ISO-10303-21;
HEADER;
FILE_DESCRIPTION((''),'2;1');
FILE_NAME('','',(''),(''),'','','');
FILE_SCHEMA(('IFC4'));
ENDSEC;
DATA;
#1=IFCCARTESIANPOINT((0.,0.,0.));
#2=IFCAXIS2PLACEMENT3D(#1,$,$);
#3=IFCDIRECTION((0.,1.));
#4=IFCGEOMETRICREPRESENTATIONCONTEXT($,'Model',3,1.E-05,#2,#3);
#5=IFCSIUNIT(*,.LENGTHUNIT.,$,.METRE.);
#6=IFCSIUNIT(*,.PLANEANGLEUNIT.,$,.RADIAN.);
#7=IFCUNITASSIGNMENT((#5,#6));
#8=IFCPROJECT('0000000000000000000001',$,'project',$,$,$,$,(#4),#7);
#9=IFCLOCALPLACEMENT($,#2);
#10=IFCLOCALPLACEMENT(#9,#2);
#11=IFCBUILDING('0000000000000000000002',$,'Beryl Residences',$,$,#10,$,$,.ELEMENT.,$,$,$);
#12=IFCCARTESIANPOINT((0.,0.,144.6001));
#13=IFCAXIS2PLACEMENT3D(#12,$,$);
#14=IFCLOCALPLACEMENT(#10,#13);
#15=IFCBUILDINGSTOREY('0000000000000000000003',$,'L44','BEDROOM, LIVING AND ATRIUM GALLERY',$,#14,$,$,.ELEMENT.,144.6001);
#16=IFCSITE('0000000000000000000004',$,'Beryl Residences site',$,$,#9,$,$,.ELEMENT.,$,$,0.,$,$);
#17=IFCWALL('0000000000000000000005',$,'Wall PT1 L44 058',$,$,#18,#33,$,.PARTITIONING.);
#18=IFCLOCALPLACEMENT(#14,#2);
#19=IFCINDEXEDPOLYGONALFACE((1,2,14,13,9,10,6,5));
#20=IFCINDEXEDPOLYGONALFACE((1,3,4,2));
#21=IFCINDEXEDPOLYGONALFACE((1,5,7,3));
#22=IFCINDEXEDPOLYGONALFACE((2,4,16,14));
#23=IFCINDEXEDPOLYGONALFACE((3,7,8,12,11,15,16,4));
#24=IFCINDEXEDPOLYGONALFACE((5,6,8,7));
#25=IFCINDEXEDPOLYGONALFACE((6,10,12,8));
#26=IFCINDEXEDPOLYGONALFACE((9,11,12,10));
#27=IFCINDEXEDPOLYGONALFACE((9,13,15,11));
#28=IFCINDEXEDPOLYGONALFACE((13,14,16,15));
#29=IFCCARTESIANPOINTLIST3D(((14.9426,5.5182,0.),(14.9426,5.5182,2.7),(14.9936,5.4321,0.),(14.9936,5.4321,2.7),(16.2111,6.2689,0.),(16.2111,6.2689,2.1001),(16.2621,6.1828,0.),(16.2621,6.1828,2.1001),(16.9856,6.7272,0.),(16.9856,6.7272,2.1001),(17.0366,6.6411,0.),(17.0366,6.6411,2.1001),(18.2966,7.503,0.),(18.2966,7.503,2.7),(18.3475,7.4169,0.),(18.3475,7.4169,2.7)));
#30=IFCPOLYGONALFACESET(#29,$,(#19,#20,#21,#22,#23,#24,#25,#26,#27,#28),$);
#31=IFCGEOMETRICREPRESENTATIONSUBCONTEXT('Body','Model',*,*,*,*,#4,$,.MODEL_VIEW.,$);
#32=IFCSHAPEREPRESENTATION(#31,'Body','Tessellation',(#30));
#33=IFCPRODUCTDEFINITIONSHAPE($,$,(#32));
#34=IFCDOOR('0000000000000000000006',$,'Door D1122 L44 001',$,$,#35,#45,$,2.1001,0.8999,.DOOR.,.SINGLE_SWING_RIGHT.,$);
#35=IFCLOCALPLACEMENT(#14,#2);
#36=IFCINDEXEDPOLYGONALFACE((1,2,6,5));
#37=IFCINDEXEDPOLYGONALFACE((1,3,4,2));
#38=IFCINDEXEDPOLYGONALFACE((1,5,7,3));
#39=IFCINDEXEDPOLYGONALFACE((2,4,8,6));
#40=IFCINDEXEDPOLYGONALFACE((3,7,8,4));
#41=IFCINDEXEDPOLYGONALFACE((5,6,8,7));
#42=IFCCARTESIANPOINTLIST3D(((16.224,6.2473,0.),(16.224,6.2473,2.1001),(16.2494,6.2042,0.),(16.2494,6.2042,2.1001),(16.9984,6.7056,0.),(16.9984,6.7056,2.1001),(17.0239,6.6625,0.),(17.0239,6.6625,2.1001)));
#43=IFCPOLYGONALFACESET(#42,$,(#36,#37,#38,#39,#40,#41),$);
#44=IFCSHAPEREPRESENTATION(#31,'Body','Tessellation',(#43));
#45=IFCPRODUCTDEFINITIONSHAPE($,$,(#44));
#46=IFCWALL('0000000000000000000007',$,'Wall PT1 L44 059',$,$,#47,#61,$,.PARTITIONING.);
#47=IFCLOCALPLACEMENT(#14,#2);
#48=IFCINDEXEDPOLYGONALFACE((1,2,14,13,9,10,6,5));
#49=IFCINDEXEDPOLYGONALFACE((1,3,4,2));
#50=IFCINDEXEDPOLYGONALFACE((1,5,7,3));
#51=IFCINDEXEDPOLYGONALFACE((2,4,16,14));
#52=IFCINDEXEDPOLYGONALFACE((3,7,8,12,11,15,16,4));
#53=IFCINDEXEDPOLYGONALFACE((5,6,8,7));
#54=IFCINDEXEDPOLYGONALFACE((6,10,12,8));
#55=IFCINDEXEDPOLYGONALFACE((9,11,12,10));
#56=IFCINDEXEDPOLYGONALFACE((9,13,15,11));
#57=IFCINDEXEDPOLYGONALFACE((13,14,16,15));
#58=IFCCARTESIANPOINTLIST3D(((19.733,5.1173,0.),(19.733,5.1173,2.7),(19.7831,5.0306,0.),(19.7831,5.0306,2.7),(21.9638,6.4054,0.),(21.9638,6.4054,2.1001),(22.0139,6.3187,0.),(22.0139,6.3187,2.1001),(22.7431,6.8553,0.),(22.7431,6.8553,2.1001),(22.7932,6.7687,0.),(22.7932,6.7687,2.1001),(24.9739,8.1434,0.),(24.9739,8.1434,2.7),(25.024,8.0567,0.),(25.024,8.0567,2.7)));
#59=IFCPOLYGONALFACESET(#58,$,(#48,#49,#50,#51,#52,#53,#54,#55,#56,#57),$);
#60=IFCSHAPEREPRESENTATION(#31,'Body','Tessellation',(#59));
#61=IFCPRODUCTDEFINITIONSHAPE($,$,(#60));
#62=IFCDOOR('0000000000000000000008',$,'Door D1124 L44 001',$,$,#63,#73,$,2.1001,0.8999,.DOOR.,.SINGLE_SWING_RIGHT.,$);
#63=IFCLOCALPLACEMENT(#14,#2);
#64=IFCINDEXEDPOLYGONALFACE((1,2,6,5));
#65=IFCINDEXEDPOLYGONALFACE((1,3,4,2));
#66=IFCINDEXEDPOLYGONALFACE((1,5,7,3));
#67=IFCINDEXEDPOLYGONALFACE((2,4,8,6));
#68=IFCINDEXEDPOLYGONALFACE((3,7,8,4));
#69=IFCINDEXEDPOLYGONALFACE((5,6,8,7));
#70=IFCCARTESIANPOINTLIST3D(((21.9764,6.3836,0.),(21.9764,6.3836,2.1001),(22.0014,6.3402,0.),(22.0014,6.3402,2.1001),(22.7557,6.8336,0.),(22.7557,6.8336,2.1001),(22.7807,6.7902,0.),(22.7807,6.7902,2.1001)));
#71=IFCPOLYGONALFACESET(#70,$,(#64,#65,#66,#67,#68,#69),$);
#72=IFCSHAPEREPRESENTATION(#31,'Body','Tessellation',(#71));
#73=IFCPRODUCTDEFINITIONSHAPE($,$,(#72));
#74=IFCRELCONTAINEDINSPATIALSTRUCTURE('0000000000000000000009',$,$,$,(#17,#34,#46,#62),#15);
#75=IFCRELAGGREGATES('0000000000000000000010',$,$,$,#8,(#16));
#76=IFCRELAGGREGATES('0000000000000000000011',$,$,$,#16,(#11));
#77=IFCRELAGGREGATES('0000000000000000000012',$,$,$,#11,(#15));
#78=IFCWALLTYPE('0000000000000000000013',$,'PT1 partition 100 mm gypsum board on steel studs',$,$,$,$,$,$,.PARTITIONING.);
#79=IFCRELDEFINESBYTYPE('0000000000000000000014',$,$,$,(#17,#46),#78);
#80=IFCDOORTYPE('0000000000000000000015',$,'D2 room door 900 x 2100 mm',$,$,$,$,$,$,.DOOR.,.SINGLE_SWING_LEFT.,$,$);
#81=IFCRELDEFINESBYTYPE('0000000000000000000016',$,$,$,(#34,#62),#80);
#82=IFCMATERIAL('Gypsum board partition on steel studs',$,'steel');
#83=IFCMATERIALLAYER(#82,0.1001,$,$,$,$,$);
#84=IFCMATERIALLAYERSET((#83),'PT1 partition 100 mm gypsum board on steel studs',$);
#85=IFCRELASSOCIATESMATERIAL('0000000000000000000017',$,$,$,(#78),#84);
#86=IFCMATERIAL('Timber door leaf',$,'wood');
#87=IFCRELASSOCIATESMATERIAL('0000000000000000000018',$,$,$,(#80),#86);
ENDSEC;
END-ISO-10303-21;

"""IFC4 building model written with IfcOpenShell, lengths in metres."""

from ifc_helpers import new_model, si_unit, direction, frame, frame_2d, origin, place, context, subcontext, project, spatial, rectangle, extrude, material, layer, layer_set, type_object, element, fill, save


model = new_model("IFC4")

# Units and contexts
model_context = context("Model", 3, precision=1e-05, world=origin(), true_north=direction((0.0, 1.0)))
body_context = subcontext(model_context, "Body", "Model", "MODEL_VIEW")
ifc_project = project(units=[si_unit("LENGTHUNIT", "METRE"), si_unit("PLANEANGLEUNIT", "RADIAN")], contexts=[model_context])

# Site, building, storey
site_placement = place(None, origin())
site = spatial("IfcSite", under=ifc_project, at=site_placement, Name="Beryl Residences site", CompositionType="ELEMENT", RefElevation=0.0)
building_placement = place(site_placement, origin())
building = spatial("IfcBuilding", under=site, at=building_placement, Name="Beryl Residences", CompositionType="ELEMENT")
storey_placement = place(building_placement, frame((0.0, 0.0, 144.6001)))
storey = spatial("IfcBuildingStorey", under=building, at=storey_placement, Name="L44", Description="BEDROOM, LIVING AND ATRIUM GALLERY", CompositionType="ELEMENT", Elevation=144.6001)

# Shared definitions
ifc_material_1 = material(Name="Gypsum board partition on steel studs", Category="steel")
ifc_layer = layer(ifc_material_1, 0.1001)
ifc_layer_set = layer_set([ifc_layer], Name="PT1 partition 100 mm gypsum board on steel studs")
wall_type = type_object("IfcWallType", Name="PT1 partition 100 mm gypsum board on steel studs", PredefinedType="PARTITIONING", material=ifc_layer_set)
ifc_material_2 = material(Name="Timber door leaf", Category="wood")
door_type_1 = type_object("IfcDoorType", Name="D2 room door 900 x 2100 mm", OperationType="SINGLE_SWING_LEFT", PredefinedType="DOOR", material=ifc_material_2)

# Walls, openings, doors
wall_1_placement = place(storey_placement, frame((14.968, 5.4751, 0.0), z_axis=(0.0, 0.0, 1.0), x_axis=(0.860595, 0.509291, 0.0)))
wall_1 = element("IfcWall", 1, at=wall_1_placement, inside=storey, type_object=wall_type, Name="Wall PT1 L44 058", PredefinedType="PARTITIONING", context=body_context, shape_type="SweptSolid", body=[
    extrude(rectangle(XDim=3.8972, YDim=0.1001, at=frame_2d((1.9487, 0.0))), origin(), (0.0, 0.0, 1.0), 2.7),
])
opening_1_placement = place(wall_1_placement, frame((1.4741, 0.0, 0.0)))
opening_1 = element("IfcOpeningElement", 2, at=opening_1_placement, cuts=wall_1, PredefinedType="OPENING", context=body_context, shape_type="SweptSolid", body=[
    extrude(rectangle(XDim=0.8999, YDim=2.1001, at=frame_2d((0.45, 1.05))), frame((0.0, 0.0601, 0.0), z_axis=(0.0, -1.0, 0.0), x_axis=(1.0, 0.0, 0.0)), (0.0, 0.0, 1.0), 0.1201),
])
door_1_placement = place(opening_1_placement, origin())
door_1 = element("IfcDoor", 3, at=door_1_placement, inside=storey, type_object=door_type_1, Name="Door D1122 L44 001", OperationType="SINGLE_SWING_RIGHT", OverallHeight=2.1001, OverallWidth=0.8999, PredefinedType="DOOR", context=body_context, shape_type="SweptSolid", body=[
    extrude(rectangle(XDim=0.8999, YDim=2.1001, at=frame_2d((0.45, 1.05))), frame((0.0, 0.0249, 0.0), z_axis=(0.0, -1.0, 0.0), x_axis=(1.0, 0.0, 0.0)), (0.0, 0.0, 1.0), 0.05),
])
fill(opening_1, door_1)
wall_2_placement = place(storey_placement, frame((19.7581, 5.074, 0.0), z_axis=(0.0, 0.0, 1.0), x_axis=(0.866008, 0.500031, 0.0)))
wall_2 = element("IfcWall", 4, at=wall_2_placement, inside=storey, type_object=wall_type, Name="Wall PT1 L44 059", PredefinedType="PARTITIONING", context=body_context, shape_type="SweptSolid", body=[
    extrude(rectangle(XDim=6.0518, YDim=0.1001, at=frame_2d((3.0259, 0.0))), origin(), (0.0, 0.0, 1.0), 2.7),
])
opening_2_placement = place(wall_2_placement, frame((2.5759, 0.0, 0.0)))
opening_2 = element("IfcOpeningElement", 5, at=opening_2_placement, cuts=wall_2, PredefinedType="OPENING", context=body_context, shape_type="SweptSolid", body=[
    extrude(rectangle(XDim=0.8999, YDim=2.1001, at=frame_2d((0.45, 1.05))), frame((0.0, 0.0601, 0.0), z_axis=(0.0, -1.0, 0.0), x_axis=(1.0, 0.0, 0.0)), (0.0, 0.0, 1.0), 0.1201),
])
door_2_placement = place(opening_2_placement, origin())
door_2 = element("IfcDoor", 6, at=door_2_placement, inside=storey, type_object=door_type_1, Name="Door D1124 L44 001", OperationType="SINGLE_SWING_RIGHT", OverallHeight=2.1001, OverallWidth=0.8999, PredefinedType="DOOR", context=body_context, shape_type="SweptSolid", body=[
    extrude(rectangle(XDim=0.8999, YDim=2.1001, at=frame_2d((0.45, 1.05))), frame((0.0, 0.0249, 0.0), z_axis=(0.0, -1.0, 0.0), x_axis=(1.0, 0.0, 0.0)), (0.0, 0.0, 1.0), 0.05),
])
fill(opening_2, door_2)

save(model, "model.ifc")
